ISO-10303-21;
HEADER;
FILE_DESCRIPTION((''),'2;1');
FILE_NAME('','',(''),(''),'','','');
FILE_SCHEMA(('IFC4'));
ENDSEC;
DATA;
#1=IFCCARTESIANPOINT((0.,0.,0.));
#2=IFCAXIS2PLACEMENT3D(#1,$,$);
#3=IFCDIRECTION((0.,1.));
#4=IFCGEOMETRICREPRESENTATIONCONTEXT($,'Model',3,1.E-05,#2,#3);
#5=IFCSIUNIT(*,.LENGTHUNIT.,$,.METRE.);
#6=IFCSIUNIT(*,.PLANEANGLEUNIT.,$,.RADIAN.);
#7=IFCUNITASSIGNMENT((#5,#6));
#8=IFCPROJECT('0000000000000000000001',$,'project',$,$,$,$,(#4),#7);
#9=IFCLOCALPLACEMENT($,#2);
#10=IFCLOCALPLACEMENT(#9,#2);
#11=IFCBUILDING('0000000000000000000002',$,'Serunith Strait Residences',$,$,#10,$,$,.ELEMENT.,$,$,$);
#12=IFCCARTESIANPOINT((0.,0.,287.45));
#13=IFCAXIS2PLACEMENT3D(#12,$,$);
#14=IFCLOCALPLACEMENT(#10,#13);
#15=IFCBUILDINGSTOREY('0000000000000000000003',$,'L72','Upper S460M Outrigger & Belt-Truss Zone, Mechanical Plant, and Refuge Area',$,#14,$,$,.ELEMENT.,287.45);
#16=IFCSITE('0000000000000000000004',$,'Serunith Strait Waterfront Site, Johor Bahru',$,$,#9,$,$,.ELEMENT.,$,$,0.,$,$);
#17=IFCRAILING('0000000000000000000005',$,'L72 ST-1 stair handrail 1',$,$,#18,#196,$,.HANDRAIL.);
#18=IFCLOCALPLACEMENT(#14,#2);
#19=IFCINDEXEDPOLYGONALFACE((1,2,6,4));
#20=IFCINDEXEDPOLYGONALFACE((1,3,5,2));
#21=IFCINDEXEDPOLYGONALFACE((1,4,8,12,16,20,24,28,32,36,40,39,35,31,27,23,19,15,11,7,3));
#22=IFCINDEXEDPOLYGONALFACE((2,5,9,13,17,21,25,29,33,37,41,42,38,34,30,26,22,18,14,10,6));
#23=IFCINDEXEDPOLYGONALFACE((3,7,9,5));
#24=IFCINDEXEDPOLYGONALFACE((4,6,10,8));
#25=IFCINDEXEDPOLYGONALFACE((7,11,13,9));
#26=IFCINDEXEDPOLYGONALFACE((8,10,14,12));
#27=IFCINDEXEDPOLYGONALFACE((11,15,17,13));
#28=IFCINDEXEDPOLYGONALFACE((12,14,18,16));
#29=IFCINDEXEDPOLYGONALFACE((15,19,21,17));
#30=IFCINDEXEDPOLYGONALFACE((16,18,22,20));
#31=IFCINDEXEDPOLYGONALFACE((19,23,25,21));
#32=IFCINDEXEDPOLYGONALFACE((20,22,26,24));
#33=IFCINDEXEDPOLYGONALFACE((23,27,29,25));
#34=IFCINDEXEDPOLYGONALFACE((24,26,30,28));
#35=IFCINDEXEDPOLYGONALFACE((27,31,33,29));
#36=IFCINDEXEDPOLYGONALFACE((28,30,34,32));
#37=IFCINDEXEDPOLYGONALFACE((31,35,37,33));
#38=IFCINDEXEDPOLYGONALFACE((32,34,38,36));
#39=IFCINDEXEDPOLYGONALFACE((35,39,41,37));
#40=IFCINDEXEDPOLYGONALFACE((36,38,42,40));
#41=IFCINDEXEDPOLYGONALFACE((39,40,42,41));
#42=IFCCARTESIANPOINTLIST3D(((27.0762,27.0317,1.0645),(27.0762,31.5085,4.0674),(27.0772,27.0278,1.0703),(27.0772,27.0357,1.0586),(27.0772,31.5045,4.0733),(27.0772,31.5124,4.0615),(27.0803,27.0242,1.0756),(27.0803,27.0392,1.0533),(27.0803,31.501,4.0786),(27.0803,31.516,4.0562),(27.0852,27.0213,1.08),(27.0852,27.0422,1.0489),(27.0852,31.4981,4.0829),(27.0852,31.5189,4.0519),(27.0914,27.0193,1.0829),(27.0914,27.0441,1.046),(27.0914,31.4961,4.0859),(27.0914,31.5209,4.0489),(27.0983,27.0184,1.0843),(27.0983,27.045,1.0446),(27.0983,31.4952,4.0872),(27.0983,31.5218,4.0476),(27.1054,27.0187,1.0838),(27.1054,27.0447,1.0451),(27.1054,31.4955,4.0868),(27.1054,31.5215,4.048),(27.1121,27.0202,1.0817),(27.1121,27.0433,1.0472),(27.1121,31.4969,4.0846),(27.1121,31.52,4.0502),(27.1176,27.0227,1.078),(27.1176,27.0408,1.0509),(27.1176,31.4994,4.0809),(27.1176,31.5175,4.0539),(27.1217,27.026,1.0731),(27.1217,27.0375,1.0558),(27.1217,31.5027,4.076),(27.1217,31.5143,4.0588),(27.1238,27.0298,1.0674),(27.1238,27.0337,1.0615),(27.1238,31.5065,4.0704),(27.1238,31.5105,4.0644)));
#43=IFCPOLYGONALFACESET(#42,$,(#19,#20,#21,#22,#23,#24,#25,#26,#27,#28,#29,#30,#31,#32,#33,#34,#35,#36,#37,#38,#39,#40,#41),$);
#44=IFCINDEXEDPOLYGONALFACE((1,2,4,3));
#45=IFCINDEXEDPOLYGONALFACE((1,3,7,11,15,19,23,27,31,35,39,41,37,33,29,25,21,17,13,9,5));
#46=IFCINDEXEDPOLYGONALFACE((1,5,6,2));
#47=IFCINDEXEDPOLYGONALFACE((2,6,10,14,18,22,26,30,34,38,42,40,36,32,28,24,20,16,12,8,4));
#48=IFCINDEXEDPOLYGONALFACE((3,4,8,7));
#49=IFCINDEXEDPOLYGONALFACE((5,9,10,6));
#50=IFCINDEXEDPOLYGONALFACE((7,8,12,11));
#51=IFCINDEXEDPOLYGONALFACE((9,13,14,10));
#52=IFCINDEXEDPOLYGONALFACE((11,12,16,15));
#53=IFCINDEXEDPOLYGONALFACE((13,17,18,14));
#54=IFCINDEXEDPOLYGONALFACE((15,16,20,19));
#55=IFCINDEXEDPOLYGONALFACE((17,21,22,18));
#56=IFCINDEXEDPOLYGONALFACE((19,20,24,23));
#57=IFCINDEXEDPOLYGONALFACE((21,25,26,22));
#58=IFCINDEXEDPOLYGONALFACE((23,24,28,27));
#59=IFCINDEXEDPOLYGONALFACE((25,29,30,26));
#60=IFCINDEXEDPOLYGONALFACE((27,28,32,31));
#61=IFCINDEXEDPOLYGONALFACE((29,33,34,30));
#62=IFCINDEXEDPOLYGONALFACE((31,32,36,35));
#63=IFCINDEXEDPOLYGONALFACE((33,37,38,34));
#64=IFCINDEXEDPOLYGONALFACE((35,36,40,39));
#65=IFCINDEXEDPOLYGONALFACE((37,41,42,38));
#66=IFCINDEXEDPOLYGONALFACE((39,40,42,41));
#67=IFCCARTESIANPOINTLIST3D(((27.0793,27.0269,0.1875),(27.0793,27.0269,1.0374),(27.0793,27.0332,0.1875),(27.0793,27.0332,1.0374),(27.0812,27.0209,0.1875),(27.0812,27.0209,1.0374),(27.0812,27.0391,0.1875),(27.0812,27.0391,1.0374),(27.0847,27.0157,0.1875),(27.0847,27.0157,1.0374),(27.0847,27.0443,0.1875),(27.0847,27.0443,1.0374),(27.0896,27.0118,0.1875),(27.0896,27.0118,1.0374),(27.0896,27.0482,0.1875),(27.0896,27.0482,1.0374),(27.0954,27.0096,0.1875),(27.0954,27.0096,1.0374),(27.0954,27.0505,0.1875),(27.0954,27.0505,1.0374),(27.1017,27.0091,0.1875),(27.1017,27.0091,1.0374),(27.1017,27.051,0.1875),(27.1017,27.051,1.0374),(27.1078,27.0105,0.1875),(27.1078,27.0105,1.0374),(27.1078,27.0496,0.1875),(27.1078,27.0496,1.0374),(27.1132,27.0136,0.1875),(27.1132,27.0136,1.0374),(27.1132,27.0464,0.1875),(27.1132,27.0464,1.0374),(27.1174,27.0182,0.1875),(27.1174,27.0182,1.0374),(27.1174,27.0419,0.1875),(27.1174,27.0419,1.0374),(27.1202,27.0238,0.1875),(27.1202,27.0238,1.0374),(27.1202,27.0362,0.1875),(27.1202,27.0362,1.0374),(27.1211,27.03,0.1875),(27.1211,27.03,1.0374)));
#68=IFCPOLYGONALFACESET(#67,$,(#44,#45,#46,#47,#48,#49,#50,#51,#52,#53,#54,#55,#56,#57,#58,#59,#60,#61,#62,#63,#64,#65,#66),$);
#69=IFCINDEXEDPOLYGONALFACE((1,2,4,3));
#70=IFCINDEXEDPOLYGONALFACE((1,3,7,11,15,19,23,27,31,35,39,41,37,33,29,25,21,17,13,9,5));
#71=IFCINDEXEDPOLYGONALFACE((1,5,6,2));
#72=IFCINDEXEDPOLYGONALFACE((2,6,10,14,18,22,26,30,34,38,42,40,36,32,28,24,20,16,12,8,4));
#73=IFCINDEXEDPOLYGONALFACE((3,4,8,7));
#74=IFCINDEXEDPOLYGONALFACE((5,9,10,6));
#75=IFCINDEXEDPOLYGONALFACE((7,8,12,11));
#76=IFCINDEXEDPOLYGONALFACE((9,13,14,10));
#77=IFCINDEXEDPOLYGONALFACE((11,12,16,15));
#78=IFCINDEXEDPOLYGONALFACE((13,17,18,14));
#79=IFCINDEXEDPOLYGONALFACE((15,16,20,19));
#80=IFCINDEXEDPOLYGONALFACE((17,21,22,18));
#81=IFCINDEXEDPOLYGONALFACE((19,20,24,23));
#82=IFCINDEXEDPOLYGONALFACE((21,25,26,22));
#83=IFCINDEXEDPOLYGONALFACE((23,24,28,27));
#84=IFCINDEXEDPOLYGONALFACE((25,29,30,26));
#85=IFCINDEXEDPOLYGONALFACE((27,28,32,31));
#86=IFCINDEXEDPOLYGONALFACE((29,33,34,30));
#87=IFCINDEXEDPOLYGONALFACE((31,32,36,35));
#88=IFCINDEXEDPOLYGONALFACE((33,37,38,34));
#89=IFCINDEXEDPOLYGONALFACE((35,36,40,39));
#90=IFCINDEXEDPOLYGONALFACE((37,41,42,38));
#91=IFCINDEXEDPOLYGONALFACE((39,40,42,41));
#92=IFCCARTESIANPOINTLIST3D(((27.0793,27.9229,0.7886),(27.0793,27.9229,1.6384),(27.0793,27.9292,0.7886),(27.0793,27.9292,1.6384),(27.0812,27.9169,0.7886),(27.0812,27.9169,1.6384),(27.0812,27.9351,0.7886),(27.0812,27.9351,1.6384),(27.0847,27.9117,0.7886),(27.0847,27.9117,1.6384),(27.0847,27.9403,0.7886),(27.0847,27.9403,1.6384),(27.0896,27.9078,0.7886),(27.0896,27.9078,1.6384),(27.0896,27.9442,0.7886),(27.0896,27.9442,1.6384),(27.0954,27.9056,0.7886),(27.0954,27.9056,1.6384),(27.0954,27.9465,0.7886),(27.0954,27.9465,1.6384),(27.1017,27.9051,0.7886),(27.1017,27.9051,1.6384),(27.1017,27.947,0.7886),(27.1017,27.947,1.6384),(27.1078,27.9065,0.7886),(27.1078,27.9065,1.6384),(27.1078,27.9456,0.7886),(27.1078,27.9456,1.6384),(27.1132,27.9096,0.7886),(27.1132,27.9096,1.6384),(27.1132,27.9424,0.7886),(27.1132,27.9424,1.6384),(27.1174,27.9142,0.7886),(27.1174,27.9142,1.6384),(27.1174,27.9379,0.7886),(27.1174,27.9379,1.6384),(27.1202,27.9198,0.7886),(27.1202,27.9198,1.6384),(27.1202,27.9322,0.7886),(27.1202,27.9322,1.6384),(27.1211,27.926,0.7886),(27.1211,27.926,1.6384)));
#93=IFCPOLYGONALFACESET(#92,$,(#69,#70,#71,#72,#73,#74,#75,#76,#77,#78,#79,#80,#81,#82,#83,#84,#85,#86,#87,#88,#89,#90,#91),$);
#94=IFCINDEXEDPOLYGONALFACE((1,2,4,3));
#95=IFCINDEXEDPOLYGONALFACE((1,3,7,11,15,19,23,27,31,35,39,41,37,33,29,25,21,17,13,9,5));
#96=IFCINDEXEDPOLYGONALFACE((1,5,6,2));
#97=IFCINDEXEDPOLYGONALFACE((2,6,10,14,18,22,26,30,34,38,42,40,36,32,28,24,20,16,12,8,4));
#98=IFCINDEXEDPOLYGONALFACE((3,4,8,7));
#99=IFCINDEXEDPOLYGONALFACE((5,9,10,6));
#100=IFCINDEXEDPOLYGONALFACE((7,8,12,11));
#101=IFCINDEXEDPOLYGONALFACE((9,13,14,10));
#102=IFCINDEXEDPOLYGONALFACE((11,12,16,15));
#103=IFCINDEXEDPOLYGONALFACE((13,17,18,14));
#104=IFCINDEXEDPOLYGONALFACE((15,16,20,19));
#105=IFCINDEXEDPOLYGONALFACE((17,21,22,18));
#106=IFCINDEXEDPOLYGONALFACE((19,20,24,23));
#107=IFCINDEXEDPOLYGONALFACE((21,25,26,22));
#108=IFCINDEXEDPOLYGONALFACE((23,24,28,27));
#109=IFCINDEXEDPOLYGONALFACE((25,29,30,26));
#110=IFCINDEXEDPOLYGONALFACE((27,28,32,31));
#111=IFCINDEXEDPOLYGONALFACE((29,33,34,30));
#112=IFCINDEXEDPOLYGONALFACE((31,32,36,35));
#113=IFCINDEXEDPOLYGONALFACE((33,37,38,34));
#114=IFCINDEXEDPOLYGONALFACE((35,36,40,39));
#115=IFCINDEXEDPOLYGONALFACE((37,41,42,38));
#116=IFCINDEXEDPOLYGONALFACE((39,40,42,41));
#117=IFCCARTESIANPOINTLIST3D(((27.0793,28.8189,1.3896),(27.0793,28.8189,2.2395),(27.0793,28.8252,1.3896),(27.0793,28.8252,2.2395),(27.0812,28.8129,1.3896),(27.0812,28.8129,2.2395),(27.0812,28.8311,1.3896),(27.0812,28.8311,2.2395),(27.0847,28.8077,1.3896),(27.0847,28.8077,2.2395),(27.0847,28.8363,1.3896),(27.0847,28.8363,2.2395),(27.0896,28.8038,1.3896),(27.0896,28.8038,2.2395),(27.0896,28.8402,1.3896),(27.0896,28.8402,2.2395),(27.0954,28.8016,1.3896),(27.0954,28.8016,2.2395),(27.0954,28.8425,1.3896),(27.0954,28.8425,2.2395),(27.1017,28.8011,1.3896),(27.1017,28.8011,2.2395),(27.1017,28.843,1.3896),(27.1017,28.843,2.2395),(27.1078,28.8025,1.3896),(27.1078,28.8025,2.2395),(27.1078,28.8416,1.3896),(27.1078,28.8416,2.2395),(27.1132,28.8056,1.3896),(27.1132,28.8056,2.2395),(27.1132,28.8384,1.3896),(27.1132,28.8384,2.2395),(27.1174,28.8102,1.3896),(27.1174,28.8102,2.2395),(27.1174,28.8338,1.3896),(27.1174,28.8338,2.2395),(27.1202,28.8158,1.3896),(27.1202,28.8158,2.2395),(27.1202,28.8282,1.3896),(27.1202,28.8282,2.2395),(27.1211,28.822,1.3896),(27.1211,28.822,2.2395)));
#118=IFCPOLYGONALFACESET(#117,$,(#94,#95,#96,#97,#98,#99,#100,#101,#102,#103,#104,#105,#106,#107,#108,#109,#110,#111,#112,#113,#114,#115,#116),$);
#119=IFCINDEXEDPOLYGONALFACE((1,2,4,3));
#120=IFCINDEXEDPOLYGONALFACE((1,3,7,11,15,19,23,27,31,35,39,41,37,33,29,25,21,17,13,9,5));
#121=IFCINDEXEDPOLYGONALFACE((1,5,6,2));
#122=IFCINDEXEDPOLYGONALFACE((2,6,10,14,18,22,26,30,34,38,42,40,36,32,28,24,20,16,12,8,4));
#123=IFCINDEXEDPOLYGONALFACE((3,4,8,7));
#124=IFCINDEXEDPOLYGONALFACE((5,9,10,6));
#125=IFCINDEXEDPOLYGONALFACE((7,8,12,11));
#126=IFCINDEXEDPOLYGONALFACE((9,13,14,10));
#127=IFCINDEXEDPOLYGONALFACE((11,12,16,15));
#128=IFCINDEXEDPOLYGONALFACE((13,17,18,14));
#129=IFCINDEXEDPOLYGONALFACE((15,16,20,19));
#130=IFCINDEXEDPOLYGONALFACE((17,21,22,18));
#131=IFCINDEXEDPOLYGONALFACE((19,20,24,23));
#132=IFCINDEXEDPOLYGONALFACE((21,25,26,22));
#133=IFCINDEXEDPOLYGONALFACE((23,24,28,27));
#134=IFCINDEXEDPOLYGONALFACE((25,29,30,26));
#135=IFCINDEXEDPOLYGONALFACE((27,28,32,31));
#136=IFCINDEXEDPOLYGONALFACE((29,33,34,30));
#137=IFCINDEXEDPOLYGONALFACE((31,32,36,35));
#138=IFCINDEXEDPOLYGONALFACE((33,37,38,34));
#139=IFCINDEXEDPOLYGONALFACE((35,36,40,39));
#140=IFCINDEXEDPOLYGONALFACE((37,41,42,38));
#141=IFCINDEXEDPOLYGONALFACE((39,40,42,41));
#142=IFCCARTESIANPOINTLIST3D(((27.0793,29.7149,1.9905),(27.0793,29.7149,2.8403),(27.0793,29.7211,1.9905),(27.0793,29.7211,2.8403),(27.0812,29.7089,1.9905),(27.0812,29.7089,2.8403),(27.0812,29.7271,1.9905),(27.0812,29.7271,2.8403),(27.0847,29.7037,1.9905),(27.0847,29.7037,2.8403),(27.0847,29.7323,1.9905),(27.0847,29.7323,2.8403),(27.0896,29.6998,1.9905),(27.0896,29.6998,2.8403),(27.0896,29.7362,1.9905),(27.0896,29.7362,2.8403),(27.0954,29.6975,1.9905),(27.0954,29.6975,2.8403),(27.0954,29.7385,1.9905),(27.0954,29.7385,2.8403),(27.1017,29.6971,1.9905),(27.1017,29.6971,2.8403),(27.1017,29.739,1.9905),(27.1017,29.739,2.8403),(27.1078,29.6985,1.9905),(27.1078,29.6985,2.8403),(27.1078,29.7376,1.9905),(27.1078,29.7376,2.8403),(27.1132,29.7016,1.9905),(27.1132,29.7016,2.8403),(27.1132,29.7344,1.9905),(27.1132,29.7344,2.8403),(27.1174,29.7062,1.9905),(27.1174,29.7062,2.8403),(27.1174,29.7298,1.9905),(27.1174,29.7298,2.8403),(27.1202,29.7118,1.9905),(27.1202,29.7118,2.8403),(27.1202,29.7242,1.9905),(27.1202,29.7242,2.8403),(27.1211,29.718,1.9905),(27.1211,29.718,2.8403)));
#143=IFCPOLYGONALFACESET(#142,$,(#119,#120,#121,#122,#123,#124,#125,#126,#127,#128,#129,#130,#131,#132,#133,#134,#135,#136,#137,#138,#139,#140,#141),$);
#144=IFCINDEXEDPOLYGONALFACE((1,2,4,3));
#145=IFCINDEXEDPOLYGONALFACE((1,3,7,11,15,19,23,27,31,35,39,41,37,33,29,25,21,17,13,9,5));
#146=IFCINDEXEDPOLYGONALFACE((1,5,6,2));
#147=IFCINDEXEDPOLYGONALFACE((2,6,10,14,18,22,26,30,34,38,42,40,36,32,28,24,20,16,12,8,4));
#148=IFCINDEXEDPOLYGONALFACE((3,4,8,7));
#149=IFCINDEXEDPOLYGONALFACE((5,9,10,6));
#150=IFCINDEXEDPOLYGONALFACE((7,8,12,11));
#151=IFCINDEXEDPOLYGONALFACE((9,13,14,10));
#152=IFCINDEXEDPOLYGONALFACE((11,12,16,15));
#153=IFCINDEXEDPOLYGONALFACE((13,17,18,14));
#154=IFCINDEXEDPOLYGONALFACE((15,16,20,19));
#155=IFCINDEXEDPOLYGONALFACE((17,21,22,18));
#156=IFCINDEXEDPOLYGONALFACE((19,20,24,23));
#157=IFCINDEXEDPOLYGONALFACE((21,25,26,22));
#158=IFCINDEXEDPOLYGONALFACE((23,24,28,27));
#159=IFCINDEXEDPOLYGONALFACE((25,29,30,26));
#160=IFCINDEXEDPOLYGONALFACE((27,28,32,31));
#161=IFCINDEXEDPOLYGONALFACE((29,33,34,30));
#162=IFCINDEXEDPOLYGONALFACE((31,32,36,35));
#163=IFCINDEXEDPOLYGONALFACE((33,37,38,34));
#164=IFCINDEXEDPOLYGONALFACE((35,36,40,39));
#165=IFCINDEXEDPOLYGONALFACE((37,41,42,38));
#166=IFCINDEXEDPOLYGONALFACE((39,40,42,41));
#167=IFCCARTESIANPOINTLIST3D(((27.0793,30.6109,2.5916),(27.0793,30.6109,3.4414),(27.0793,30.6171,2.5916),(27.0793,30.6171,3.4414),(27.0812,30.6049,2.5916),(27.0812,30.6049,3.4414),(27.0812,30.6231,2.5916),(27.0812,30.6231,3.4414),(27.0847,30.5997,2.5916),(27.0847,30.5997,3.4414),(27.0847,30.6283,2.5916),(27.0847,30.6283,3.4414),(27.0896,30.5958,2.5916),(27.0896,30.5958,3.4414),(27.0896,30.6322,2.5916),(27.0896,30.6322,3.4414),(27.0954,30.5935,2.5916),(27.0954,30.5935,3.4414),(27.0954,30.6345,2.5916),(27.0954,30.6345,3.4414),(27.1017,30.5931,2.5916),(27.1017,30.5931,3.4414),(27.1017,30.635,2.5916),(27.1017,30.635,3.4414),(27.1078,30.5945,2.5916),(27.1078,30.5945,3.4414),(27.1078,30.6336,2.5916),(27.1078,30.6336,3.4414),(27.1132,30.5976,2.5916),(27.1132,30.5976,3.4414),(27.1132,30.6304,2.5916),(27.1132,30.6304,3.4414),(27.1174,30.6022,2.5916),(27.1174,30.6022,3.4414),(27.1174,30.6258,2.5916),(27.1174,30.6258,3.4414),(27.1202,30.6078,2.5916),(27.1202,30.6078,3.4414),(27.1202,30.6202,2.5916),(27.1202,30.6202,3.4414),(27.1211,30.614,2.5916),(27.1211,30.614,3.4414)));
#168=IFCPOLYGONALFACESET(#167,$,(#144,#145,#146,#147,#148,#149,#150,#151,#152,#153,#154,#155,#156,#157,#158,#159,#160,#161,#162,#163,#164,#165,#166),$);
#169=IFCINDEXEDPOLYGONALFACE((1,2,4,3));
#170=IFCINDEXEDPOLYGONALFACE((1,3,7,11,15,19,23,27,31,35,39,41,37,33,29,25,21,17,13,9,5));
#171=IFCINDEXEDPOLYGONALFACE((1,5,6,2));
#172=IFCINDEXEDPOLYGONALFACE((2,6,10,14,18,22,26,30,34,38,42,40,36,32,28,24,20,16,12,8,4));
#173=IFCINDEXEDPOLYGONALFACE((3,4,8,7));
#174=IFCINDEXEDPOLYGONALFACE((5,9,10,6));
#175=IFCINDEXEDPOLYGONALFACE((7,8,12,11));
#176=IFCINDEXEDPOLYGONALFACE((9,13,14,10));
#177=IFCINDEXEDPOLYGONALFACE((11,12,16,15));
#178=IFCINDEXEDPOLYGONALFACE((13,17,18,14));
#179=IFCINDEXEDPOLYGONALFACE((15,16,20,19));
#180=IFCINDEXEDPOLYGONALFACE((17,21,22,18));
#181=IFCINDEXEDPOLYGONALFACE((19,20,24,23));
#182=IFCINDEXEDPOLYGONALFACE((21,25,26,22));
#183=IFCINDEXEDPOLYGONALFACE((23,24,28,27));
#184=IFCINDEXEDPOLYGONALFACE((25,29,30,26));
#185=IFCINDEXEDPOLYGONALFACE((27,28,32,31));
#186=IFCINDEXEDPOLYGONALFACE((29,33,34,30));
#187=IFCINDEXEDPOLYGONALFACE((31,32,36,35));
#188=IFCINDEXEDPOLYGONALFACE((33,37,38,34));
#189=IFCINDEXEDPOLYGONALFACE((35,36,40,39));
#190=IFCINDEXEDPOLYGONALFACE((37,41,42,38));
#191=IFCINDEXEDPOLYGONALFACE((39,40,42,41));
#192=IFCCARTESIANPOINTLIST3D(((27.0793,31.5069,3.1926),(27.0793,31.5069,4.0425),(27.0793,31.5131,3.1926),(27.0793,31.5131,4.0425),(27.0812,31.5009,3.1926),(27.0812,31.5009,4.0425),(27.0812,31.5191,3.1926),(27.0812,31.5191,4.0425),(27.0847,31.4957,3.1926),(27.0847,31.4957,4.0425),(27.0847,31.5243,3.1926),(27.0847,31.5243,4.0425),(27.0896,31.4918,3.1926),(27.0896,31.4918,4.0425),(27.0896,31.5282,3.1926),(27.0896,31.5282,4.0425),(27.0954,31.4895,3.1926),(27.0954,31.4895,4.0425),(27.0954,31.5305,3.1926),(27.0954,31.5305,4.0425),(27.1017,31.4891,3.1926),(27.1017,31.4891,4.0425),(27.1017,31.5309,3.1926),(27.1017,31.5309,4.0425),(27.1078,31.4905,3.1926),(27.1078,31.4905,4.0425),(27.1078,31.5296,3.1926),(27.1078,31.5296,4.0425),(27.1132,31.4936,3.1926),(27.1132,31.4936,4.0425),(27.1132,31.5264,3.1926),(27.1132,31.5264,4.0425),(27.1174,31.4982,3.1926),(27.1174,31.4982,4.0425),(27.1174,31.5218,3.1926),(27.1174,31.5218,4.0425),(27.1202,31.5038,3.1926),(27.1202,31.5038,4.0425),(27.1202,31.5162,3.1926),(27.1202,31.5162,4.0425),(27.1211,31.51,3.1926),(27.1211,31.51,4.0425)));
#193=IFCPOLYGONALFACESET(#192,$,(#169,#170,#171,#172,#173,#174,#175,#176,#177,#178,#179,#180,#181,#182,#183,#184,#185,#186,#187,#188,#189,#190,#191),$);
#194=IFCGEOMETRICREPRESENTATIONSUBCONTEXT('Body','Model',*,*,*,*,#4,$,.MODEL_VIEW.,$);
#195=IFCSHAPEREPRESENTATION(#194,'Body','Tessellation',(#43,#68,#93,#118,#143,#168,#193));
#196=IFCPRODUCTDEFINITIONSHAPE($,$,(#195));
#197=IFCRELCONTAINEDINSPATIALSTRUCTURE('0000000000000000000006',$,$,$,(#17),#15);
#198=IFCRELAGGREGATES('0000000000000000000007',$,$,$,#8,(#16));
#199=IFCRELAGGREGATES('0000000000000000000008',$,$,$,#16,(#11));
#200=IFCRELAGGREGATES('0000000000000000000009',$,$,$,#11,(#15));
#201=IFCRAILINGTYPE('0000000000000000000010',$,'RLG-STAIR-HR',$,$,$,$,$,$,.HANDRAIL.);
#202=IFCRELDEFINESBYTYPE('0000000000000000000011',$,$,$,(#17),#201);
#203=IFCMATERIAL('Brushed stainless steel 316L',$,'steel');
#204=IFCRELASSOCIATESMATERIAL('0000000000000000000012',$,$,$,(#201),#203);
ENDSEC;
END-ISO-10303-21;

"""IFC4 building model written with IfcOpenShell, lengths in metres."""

from ifc_helpers import new_model, si_unit, direction, frame, origin, origin_2d, place, context, subcontext, project, spatial, circle, extrude, material, type_object, element, save


model = new_model("IFC4")

# Units and contexts
model_context = context("Model", 3, precision=1e-05, world=origin(), true_north=direction((0.0, 1.0)))
body_context = subcontext(model_context, "Body", "Model", "MODEL_VIEW")
ifc_project = project(units=[si_unit("LENGTHUNIT", "METRE"), si_unit("PLANEANGLEUNIT", "RADIAN")], contexts=[model_context])

# Site, building, storey
site_placement = place(None, origin())
site = spatial("IfcSite", under=ifc_project, at=site_placement, Name="Serunith Strait Waterfront Site, Johor Bahru", CompositionType="ELEMENT", RefElevation=0.0)
building_placement = place(site_placement, origin())
building = spatial("IfcBuilding", under=site, at=building_placement, Name="Serunith Strait Residences", CompositionType="ELEMENT")
storey_placement = place(building_placement, frame((0.0, 0.0, 287.45)))
storey = spatial("IfcBuildingStorey", under=building, at=storey_placement, Name="L72", Description="Upper S460M Outrigger & Belt-Truss Zone, Mechanical Plant, and Refuge Area", CompositionType="ELEMENT", Elevation=287.45)

# Railing
ifc_material_1 = material(Name="Brushed stainless steel 316L", Category="steel")
railing_type_1 = type_object("IfcRailingType", Name="RLG-STAIR-HR", PredefinedType="HANDRAIL", material=ifc_material_1)
railing_1_placement = place(storey_placement, frame((27.1001, 27.03, 0.1875)))
element("IfcRailing", 1, at=railing_1_placement, inside=storey, type_object=railing_type_1, Name="L72 ST-1 stair handrail 1", PredefinedType="HANDRAIL", context=body_context, shape_type="SweptSolid", body=[
    extrude(circle(Radius=0.0239, at=origin_2d()), frame((0.0, 0.0017, 0.877), z_axis=(0.0, 0.830466, 0.557069), x_axis=(-1.0, 0.0, 0.0)), (0.0, 0.0, 1.0), 5.3906),
    extrude(circle(Radius=0.021, at=origin_2d()), origin(), (0.0, 0.0, 1.0), 0.8499),
    extrude(circle(Radius=0.021, at=origin_2d()), frame((0.0, 0.896, 0.6011)), (0.0, 0.0, 1.0), 0.8499),
    extrude(circle(Radius=0.021, at=origin_2d()), frame((0.0, 1.792, 1.2021)), (0.0, 0.0, 1.0), 0.8499),
    extrude(circle(Radius=0.021, at=origin_2d()), frame((0.0, 2.688, 1.803)), (0.0, 0.0, 1.0), 0.8499),
    extrude(circle(Radius=0.021, at=origin_2d()), frame((0.0, 3.584, 2.4041)), (0.0, 0.0, 1.0), 0.8499),
    extrude(circle(Radius=0.021, at=origin_2d()), frame((0.0, 4.48, 3.0051)), (0.0, 0.0, 1.0), 0.8499),
])

save(model, "model.ifc")
